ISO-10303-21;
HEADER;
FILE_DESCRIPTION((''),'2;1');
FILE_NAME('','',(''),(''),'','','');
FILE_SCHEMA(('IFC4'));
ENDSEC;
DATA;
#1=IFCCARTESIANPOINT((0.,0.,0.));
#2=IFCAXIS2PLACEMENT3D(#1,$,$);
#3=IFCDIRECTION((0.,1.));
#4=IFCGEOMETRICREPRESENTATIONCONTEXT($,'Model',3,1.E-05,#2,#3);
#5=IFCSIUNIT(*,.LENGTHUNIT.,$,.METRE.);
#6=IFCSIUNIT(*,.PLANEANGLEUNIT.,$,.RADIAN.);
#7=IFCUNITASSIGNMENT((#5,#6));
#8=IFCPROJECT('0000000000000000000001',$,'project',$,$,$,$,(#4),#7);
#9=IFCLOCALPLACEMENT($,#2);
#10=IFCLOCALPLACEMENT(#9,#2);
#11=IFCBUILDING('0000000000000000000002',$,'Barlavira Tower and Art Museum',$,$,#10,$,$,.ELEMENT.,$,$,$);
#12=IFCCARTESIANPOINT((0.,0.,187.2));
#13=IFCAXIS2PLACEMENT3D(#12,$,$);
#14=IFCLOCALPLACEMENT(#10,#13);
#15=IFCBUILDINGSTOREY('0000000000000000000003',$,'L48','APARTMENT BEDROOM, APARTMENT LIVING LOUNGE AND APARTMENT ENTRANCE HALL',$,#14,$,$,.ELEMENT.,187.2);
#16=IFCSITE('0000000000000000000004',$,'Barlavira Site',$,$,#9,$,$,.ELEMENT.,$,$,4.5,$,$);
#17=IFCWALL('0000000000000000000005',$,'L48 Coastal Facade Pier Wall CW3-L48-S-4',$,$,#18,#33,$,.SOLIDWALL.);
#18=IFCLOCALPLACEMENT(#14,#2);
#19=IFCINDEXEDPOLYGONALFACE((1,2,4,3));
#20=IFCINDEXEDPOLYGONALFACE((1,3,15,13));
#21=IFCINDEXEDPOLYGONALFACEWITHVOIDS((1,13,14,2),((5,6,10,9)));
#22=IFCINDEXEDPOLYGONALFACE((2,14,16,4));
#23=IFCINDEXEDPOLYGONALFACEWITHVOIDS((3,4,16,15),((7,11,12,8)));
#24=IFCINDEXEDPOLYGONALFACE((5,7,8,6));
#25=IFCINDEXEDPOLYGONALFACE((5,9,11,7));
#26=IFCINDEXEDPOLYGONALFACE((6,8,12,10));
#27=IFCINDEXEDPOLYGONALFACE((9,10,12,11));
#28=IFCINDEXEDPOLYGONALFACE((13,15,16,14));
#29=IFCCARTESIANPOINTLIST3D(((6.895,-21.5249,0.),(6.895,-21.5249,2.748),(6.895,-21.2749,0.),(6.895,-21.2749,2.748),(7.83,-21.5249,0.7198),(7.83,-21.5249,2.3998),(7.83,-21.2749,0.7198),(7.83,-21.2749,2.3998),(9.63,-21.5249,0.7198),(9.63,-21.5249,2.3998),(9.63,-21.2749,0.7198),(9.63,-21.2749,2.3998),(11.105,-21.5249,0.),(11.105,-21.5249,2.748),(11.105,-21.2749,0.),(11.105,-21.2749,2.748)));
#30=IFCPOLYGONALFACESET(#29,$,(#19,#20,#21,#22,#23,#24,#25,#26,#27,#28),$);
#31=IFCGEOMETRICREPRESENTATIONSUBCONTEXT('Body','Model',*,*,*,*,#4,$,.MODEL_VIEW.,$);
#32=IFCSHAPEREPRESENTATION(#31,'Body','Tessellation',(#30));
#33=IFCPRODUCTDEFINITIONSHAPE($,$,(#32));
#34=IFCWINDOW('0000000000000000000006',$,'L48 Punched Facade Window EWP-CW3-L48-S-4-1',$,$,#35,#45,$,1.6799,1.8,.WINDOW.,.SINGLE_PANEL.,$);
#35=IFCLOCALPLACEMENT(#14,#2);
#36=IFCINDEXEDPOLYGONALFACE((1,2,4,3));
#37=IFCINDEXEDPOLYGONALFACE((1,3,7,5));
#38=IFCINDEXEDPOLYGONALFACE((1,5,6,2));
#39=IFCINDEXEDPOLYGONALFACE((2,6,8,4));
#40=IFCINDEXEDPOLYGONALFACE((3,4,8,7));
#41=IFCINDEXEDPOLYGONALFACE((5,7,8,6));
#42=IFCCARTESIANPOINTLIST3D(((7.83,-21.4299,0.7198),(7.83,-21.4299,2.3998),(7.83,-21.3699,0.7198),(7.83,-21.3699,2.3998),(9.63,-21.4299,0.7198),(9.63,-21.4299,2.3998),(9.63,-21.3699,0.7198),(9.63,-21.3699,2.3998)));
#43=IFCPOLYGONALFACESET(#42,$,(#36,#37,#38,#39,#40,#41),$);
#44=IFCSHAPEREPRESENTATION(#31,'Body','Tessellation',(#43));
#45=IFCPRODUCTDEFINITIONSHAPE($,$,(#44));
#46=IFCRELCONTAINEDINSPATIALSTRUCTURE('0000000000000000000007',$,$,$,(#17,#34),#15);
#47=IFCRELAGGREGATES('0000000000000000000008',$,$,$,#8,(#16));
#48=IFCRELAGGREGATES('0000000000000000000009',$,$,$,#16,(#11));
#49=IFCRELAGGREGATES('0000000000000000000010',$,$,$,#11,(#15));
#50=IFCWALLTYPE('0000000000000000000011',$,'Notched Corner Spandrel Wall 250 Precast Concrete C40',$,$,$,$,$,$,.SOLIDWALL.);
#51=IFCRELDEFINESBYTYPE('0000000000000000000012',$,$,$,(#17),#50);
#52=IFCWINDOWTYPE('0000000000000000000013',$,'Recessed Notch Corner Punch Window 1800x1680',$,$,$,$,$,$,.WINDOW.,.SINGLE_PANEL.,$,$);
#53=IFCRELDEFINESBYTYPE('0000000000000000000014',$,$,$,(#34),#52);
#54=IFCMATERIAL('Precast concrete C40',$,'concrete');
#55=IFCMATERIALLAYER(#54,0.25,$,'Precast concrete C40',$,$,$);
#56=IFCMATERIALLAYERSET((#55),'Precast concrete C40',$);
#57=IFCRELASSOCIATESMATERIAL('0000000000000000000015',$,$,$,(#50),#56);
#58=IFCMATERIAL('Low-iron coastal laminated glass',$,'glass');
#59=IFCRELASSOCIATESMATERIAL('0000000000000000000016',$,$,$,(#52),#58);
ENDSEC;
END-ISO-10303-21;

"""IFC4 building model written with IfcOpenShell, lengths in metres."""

from ifc_helpers import new_model, si_unit, direction, frame, frame_2d, origin, place, context, subcontext, project, spatial, rectangle, extrude, material, layer, layer_set, type_object, element, fill, save


model = new_model("IFC4")

# Units and contexts
model_context = context("Model", 3, precision=1e-05, world=origin(), true_north=direction((0.0, 1.0)))
body_context = subcontext(model_context, "Body", "Model", "MODEL_VIEW")
ifc_project = project(units=[si_unit("LENGTHUNIT", "METRE"), si_unit("PLANEANGLEUNIT", "RADIAN")], contexts=[model_context])

# Site, building, storey
site_placement = place(None, origin())
site = spatial("IfcSite", under=ifc_project, at=site_placement, Name="Barlavira Site", CompositionType="ELEMENT", RefElevation=4.5)
building_placement = place(site_placement, origin())
building = spatial("IfcBuilding", under=site, at=building_placement, Name="Barlavira Tower and Art Museum", CompositionType="ELEMENT")
storey_placement = place(building_placement, frame((0.0, 0.0, 187.2)))
storey = spatial("IfcBuildingStorey", under=building, at=storey_placement, Name="L48", Description="APARTMENT BEDROOM, APARTMENT LIVING LOUNGE AND APARTMENT ENTRANCE HALL", CompositionType="ELEMENT", Elevation=187.2)

# Wall, opening, window
ifc_material_1 = material(Name="Precast concrete C40", Category="concrete")
ifc_layer_1 = layer(ifc_material_1, 0.25, Name="Precast concrete C40")
ifc_layer_set_1 = layer_set([ifc_layer_1], Name="Precast concrete C40")
wall_type_1 = type_object("IfcWallType", Name="Notched Corner Spandrel Wall 250 Precast Concrete C40", PredefinedType="SOLIDWALL", material=ifc_layer_set_1)
wall_1_placement = place(storey_placement, frame((6.895, -21.3999, 0.0), z_axis=(0.0, 0.0, 1.0), x_axis=(1.0, 0.0, 0.0)))
wall_1 = element("IfcWall", 1, at=wall_1_placement, inside=storey, type_object=wall_type_1, Name="L48 Coastal Facade Pier Wall CW3-L48-S-4", PredefinedType="SOLIDWALL", context=body_context, shape_type="SweptSolid", body=[
    extrude(rectangle(XDim=4.21, YDim=0.25, at=frame_2d((2.105, 0.0))), origin(), (0.0, 0.0, 1.0), 2.748),
])
opening_1_placement = place(wall_1_placement, frame((0.9351, 0.0, 0.72)))
opening_1 = element("IfcOpeningElement", 2, at=opening_1_placement, cuts=wall_1, PredefinedType="OPENING", context=body_context, shape_type="SweptSolid", body=[
    extrude(rectangle(XDim=1.8, YDim=1.6799, at=frame_2d((0.8999, 0.8398))), frame((0.0, 0.135, 0.0), z_axis=(0.0, -1.0, 0.0), x_axis=(1.0, 0.0, 0.0)), (0.0, 0.0, 1.0), 0.27),
])
ifc_material_2 = material(Name="Low-iron coastal laminated glass", Category="glass")
window_type = type_object("IfcWindowType", Name="Recessed Notch Corner Punch Window 1800x1680", PartitioningType="SINGLE_PANEL", PredefinedType="WINDOW", material=ifc_material_2)
window_placement = place(opening_1_placement, origin())
window = element("IfcWindow", 3, at=window_placement, inside=storey, type_object=window_type, Name="L48 Punched Facade Window EWP-CW3-L48-S-4-1", OverallHeight=1.6799, OverallWidth=1.8, PartitioningType="SINGLE_PANEL", PredefinedType="WINDOW", context=body_context, shape_type="SweptSolid", body=[
    extrude(rectangle(XDim=1.8, YDim=1.6799, at=frame_2d((0.8999, 0.8398))), frame((0.0, 0.03, 0.0), z_axis=(0.0, -1.0, 0.0), x_axis=(1.0, 0.0, 0.0)), (0.0, 0.0, 1.0), 0.0601),
])
fill(opening_1, window)

save(model, "model.ifc")
